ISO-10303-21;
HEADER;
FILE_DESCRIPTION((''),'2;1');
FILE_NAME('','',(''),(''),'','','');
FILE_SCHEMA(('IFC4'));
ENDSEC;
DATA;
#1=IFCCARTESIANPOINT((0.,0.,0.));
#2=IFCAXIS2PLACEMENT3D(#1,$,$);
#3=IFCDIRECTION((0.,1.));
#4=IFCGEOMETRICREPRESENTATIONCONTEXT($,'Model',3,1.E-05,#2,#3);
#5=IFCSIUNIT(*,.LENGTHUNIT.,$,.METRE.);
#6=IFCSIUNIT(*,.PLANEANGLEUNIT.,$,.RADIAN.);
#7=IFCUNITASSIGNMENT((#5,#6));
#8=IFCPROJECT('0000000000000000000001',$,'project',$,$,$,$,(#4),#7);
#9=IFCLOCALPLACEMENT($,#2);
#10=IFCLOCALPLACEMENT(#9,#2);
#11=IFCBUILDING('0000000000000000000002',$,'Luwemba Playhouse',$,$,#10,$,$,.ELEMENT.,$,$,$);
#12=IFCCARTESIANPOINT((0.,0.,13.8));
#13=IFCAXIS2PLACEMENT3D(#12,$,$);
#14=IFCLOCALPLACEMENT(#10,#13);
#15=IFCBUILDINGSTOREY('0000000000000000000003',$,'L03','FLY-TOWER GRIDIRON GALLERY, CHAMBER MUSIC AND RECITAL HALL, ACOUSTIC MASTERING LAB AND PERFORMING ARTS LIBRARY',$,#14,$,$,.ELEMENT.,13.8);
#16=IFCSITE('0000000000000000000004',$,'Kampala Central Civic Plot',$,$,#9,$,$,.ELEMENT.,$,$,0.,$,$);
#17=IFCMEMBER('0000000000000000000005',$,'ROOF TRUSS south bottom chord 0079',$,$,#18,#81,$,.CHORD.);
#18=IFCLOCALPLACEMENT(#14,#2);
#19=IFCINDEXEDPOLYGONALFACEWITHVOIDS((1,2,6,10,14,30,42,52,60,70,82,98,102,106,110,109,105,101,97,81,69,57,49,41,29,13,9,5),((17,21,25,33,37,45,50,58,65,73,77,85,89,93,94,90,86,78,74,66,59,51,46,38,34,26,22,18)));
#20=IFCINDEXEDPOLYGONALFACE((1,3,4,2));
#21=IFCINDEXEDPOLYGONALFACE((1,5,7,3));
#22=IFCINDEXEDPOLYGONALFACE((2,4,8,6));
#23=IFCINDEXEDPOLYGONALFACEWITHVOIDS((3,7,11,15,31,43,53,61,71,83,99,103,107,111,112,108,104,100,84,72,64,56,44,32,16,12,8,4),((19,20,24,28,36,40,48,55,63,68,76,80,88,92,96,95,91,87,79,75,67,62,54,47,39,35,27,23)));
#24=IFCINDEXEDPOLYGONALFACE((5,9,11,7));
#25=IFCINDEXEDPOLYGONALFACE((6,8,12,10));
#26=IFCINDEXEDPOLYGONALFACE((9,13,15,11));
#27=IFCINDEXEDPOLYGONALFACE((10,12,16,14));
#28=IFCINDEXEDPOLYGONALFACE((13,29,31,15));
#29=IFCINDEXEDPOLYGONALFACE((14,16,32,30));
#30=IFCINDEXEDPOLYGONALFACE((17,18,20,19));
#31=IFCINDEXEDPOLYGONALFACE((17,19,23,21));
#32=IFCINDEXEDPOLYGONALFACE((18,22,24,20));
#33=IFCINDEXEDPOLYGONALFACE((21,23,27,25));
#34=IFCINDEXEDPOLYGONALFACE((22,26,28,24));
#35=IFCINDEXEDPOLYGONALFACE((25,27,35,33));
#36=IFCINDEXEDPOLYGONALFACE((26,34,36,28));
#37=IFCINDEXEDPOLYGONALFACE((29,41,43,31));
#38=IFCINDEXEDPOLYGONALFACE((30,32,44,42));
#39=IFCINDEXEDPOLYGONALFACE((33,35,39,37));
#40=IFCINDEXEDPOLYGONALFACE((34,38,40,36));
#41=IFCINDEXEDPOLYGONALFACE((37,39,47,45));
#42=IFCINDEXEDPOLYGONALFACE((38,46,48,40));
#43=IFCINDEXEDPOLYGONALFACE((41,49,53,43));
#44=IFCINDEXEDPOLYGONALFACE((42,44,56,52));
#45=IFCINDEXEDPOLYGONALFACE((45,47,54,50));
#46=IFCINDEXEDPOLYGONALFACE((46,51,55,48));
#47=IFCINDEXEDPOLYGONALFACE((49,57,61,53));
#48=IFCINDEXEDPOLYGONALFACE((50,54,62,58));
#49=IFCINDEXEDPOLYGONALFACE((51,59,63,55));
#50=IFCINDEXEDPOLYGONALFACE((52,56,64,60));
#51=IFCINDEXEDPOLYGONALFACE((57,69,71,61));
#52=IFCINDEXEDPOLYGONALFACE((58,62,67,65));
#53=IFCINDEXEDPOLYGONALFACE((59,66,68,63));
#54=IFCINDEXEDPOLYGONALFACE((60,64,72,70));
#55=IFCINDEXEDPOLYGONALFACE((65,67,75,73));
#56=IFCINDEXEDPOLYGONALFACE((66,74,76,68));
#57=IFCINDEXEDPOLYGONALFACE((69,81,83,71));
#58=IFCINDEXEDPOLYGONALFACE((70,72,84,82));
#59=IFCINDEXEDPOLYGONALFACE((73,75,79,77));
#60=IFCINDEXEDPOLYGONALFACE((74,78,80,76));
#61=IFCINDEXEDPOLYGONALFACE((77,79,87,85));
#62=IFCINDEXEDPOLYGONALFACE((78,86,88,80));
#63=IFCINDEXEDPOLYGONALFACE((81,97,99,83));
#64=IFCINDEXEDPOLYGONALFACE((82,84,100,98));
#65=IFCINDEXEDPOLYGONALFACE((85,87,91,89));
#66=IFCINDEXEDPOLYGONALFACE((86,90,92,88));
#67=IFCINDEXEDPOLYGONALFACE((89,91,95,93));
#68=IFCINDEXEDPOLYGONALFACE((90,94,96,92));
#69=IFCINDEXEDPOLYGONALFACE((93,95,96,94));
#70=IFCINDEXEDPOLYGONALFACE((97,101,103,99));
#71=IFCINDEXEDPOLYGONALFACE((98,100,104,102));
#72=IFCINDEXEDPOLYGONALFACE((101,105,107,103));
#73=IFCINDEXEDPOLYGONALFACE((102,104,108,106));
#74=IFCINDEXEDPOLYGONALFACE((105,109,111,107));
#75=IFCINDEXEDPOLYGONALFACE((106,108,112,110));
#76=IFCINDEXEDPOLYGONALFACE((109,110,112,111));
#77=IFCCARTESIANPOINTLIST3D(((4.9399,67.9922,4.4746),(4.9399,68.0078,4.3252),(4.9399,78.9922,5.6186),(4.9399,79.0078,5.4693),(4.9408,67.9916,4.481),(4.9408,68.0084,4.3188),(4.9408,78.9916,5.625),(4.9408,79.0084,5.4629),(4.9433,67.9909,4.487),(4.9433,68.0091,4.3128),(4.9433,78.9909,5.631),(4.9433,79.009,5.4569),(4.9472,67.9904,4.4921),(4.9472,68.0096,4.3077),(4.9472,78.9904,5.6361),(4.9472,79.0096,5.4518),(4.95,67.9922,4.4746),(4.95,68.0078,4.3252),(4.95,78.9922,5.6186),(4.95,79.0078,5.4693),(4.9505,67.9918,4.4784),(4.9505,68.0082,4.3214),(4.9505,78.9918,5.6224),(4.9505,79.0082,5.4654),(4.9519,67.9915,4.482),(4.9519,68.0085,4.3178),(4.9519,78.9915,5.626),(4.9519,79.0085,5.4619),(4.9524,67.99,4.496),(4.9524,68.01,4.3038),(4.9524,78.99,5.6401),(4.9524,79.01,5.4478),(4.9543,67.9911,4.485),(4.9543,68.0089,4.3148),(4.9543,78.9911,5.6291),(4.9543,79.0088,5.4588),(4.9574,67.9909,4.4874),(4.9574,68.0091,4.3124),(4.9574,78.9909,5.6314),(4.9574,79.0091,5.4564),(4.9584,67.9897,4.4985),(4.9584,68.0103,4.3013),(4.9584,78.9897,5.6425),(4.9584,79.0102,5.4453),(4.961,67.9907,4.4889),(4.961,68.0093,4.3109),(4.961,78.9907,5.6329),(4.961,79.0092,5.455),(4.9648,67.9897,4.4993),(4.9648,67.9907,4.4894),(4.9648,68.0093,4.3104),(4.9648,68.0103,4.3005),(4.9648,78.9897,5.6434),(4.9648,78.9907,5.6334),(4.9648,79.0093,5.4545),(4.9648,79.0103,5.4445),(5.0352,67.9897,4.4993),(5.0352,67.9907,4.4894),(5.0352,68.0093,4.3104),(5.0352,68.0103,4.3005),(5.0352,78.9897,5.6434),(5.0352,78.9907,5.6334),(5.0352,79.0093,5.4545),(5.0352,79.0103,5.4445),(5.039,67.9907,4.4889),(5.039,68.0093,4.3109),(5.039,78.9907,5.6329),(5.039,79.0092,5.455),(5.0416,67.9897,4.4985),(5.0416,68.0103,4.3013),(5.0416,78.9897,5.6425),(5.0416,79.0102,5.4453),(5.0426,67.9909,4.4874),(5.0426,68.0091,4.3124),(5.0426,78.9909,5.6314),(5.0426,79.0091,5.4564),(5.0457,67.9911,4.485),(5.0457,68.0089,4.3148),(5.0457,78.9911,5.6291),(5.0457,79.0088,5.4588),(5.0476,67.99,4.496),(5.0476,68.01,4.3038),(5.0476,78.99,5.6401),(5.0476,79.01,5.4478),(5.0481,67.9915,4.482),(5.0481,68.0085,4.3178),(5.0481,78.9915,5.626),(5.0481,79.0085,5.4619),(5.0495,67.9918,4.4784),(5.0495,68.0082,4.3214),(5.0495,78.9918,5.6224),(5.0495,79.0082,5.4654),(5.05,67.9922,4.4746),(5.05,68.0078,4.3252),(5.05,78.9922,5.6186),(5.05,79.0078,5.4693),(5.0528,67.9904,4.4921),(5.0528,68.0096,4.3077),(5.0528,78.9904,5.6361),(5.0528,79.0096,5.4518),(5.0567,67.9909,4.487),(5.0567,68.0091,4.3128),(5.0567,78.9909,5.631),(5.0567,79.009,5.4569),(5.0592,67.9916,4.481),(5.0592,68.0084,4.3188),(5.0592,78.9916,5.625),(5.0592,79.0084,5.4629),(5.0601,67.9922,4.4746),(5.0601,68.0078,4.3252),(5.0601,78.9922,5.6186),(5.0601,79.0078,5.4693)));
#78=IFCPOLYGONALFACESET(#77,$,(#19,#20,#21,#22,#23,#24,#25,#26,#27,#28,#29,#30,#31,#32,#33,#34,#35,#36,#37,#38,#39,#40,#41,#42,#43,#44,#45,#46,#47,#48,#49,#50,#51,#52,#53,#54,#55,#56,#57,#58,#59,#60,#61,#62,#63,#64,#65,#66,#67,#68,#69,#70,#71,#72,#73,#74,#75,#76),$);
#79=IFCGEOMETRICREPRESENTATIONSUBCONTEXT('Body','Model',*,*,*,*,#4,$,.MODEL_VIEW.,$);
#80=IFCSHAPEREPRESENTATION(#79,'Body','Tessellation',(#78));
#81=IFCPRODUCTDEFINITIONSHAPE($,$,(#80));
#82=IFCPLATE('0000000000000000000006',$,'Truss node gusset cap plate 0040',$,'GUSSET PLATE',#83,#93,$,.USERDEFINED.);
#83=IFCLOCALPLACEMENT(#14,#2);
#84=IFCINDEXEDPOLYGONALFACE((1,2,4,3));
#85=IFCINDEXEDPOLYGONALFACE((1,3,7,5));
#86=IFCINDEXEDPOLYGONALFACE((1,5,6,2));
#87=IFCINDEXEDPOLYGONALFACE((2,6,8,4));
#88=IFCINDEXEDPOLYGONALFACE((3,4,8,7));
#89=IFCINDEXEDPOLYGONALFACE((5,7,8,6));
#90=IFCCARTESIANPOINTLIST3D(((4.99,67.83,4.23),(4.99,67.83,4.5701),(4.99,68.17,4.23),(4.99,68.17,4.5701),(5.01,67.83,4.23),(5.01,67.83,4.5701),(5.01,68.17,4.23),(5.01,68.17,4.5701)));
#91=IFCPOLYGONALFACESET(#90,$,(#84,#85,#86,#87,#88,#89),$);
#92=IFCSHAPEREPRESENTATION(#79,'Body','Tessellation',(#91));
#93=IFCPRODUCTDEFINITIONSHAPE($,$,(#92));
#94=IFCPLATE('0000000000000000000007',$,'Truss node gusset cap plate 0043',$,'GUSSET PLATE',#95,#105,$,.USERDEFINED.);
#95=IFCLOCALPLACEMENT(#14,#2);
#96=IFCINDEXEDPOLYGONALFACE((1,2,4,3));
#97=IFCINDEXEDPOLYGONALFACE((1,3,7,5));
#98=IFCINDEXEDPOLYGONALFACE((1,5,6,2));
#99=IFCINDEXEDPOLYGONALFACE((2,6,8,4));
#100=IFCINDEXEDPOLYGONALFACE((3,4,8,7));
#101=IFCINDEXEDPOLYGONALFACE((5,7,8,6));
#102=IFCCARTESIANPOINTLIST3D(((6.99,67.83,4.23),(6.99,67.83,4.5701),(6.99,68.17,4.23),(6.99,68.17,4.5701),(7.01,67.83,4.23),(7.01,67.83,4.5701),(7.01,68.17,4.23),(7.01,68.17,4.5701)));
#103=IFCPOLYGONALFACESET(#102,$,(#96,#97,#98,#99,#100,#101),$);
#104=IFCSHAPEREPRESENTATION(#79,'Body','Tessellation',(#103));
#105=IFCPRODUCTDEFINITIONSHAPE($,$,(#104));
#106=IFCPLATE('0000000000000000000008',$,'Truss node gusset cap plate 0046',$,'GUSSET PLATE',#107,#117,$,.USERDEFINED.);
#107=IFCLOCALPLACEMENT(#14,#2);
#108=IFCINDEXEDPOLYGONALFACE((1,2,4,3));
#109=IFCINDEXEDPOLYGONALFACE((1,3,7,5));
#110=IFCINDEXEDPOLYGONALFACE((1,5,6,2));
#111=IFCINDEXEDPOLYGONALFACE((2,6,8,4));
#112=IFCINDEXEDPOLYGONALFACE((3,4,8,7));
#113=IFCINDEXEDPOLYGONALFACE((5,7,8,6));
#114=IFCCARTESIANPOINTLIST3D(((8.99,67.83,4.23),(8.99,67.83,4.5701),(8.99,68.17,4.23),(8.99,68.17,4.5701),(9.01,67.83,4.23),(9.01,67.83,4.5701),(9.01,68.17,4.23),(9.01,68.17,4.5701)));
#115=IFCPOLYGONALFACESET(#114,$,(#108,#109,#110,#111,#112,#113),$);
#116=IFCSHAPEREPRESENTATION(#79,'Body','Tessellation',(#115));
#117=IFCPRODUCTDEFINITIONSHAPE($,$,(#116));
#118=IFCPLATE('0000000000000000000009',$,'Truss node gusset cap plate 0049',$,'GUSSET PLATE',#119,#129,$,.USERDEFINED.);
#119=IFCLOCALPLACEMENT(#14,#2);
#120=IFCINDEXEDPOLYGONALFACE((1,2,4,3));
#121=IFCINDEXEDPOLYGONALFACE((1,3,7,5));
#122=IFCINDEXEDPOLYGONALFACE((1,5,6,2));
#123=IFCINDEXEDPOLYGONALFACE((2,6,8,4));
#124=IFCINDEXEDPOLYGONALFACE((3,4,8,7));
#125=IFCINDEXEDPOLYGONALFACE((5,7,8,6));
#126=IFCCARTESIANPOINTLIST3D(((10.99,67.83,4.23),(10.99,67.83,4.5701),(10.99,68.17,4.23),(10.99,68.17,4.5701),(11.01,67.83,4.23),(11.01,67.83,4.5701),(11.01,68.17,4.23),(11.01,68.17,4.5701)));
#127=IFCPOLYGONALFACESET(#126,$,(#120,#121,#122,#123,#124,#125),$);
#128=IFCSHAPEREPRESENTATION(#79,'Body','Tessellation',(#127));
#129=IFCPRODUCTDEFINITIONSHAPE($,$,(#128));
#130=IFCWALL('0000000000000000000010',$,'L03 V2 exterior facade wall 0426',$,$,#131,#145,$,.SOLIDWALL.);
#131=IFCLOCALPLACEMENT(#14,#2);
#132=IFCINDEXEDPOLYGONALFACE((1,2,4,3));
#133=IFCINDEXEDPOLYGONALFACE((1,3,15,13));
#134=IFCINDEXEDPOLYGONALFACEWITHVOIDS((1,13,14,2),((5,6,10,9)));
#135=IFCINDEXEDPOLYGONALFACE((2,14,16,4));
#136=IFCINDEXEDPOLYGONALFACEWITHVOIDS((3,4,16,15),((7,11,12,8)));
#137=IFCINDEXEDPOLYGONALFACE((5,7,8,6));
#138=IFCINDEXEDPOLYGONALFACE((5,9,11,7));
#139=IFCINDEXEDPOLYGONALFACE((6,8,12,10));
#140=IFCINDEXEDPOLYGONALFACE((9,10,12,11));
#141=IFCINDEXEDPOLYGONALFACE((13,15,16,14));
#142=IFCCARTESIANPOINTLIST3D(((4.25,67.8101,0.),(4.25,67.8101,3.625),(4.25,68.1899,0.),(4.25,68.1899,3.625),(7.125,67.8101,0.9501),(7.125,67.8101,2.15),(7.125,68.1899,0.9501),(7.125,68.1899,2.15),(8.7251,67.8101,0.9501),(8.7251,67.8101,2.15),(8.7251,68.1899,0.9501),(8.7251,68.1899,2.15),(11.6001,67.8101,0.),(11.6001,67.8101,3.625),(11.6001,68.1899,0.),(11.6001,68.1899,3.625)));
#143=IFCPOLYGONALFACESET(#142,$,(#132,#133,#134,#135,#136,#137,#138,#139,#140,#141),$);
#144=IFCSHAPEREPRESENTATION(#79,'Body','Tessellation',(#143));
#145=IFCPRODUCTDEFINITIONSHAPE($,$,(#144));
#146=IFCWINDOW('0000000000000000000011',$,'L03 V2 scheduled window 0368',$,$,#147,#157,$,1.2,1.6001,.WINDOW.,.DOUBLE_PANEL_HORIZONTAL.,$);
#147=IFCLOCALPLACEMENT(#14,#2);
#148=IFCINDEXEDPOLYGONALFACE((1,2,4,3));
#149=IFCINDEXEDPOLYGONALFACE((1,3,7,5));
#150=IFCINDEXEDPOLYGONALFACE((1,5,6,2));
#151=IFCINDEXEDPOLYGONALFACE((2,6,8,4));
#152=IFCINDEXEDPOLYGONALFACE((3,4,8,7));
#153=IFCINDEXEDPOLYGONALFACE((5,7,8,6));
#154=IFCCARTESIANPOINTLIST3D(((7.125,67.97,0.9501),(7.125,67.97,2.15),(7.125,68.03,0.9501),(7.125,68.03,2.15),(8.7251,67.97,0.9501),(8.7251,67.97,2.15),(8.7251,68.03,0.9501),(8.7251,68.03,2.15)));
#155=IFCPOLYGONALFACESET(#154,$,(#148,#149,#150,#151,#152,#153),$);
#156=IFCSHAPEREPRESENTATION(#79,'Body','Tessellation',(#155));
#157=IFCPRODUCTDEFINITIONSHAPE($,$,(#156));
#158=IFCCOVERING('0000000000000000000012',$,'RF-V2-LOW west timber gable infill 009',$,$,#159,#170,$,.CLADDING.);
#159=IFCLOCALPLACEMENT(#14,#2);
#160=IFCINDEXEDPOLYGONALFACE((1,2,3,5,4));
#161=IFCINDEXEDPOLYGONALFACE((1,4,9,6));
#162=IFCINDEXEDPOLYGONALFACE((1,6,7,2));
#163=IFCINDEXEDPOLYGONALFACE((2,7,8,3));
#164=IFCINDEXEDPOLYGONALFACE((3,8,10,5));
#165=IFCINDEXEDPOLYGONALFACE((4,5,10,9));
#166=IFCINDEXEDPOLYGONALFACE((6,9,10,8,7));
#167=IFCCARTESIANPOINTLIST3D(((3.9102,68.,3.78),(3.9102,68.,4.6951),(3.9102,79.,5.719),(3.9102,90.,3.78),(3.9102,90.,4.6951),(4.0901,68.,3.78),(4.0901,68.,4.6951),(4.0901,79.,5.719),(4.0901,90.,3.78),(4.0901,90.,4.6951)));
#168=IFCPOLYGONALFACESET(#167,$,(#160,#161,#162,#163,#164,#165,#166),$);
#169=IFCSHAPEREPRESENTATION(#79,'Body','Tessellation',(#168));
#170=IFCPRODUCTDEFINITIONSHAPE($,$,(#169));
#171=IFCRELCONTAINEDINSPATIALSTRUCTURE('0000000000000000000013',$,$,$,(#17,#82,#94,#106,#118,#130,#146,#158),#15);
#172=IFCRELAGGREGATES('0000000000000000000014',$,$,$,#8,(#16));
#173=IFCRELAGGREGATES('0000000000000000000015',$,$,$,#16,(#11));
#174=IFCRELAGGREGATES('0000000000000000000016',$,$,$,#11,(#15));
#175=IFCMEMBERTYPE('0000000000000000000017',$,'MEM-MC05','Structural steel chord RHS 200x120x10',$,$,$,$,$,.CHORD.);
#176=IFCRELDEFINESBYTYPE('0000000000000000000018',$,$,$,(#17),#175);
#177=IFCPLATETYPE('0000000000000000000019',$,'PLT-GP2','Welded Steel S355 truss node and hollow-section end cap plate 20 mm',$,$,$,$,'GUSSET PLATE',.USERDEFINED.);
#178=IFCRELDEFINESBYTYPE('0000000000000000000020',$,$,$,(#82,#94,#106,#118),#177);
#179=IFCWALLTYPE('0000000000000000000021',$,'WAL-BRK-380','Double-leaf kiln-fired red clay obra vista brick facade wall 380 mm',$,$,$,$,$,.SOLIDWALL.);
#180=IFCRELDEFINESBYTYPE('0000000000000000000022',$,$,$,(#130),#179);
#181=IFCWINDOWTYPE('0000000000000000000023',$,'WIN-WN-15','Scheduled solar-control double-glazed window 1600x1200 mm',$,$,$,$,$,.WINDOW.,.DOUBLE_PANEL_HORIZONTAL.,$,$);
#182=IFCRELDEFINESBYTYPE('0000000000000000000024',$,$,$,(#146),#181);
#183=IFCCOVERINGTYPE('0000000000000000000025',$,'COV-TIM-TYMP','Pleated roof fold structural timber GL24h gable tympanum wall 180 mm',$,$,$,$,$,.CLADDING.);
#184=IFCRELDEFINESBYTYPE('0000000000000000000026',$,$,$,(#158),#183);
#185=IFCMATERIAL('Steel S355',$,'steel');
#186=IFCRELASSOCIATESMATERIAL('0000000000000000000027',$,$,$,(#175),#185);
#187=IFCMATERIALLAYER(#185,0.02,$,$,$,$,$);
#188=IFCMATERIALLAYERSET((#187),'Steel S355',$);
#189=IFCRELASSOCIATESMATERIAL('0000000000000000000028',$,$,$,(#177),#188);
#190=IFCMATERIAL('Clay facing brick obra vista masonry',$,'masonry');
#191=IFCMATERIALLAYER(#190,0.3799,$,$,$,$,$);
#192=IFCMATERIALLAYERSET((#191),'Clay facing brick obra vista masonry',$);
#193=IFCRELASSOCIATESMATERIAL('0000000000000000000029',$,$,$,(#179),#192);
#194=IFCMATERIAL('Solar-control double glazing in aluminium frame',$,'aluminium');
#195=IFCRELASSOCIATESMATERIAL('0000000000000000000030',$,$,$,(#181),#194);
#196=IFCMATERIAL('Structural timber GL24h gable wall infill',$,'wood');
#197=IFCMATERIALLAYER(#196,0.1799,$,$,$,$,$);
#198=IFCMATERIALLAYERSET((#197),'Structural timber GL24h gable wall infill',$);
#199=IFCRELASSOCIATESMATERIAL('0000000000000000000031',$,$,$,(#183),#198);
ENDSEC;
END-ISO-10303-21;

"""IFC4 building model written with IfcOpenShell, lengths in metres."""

from ifc_helpers import new_model, si_unit, direction, frame, frame_2d, origin, origin_2d, place, context, subcontext, project, spatial, polyline, rectangle, hollow_rectangle, outline, extrude, material, layer, layer_set, material_profile, profile_set, type_object, element, fill, save


model = new_model("IFC4")

# Units and contexts
model_context = context("Model", 3, precision=1e-05, world=origin(), true_north=direction((0.0, 1.0)))
body_context = subcontext(model_context, "Body", "Model", "MODEL_VIEW")
ifc_project = project(units=[si_unit("LENGTHUNIT", "METRE"), si_unit("PLANEANGLEUNIT", "RADIAN")], contexts=[model_context])

# Site, building, storey
site_placement = place(None, origin())
site = spatial("IfcSite", under=ifc_project, at=site_placement, Name="Kampala Central Civic Plot", CompositionType="ELEMENT", RefElevation=0.0)
building_placement = place(site_placement, origin())
building = spatial("IfcBuilding", under=site, at=building_placement, Name="Luwemba Playhouse", CompositionType="ELEMENT")
storey_placement = place(building_placement, frame((0.0, 0.0, 13.8)))
storey = spatial("IfcBuildingStorey", under=building, at=storey_placement, Name="L03", Description="FLY-TOWER GRIDIRON GALLERY, CHAMBER MUSIC AND RECITAL HALL, ACOUSTIC MASTERING LAB AND PERFORMING ARTS LIBRARY", CompositionType="ELEMENT", Elevation=13.8)

# Shared definitions
ifc_material_1 = material(Name="Steel S355", Category="steel")

# Member
ifc_material_profile_1 = material_profile(ifc_material_1, hollow_rectangle(XDim=0.1201, YDim=0.2, WallThickness=0.01, InnerFilletRadius=0.0149, OuterFilletRadius=0.0249, at=origin_2d()))
ifc_profile_set_1 = profile_set([ifc_material_profile_1], Name="Steel S355")
member_type_1 = type_object("IfcMemberType", Name="MEM-MC05", Description="Structural steel chord RHS 200x120x10", PredefinedType="CHORD", material=ifc_profile_set_1)
member_1_placement = place(storey_placement, frame((5.0, 68.0, 4.3999), z_axis=(0.0, 0.994635, 0.103446), x_axis=(-1.0, 0.0, 0.0)))
element("IfcMember", 1, at=member_1_placement, inside=storey, type_object=member_type_1, Name="ROOF TRUSS south bottom chord 0079", PredefinedType="CHORD", context=body_context, shape_type="SweptSolid", body=[
    extrude(hollow_rectangle(XDim=0.1201, YDim=0.2, WallThickness=0.01, InnerFilletRadius=0.0149, OuterFilletRadius=0.0249, at=origin_2d()), origin(), (0.0, 0.0, 1.0), 11.0593),
])

# Plates
ifc_layer_1 = layer(ifc_material_1, 0.02)
ifc_layer_set_1 = layer_set([ifc_layer_1], Name="Steel S355")
plate_type = type_object("IfcPlateType", Name="PLT-GP2", Description="Welded Steel S355 truss node and hollow-section end cap plate 20 mm", ElementType="GUSSET PLATE", PredefinedType="USERDEFINED", material=ifc_layer_set_1)
for number, where, z_axis, x_axis, name in (
    (2, (5.0, 68.0, 4.23), (0.0, 0.0, 1.0), (1.0, 0.0, 0.0), "Truss node gusset cap plate 0040"),
    (3, (7.0, 68.0, 4.23), (0.0, 0.0, 1.0), (1.0, 0.0, 0.0), "Truss node gusset cap plate 0043"),
    (4, (9.0, 68.0, 4.23), (0.0, 0.0, 1.0), (1.0, 0.0, 0.0), "Truss node gusset cap plate 0046"),
    (5, (11.0, 68.0, 4.23), (0.0, 0.0, 1.0), (1.0, 0.0, 0.0), "Truss node gusset cap plate 0049"),
):
    element("IfcPlate", number, at=place(storey_placement, frame(where, z_axis=z_axis, x_axis=x_axis)), inside=storey, type_object=plate_type, Name=name, ObjectType="GUSSET PLATE", PredefinedType="USERDEFINED", context=body_context, shape_type="SweptSolid", body=[
        extrude(rectangle(XDim=0.02, YDim=0.3401, at=origin_2d()), origin(), (0.0, 0.0, 1.0), 0.3401),
    ])

# Wall, opening, window
ifc_material_2 = material(Name="Clay facing brick obra vista masonry", Category="masonry")
ifc_layer_2 = layer(ifc_material_2, 0.3799)
ifc_layer_set_2 = layer_set([ifc_layer_2], Name="Clay facing brick obra vista masonry")
wall_type = type_object("IfcWallType", Name="WAL-BRK-380", Description="Double-leaf kiln-fired red clay obra vista brick facade wall 380 mm", PredefinedType="SOLIDWALL", material=ifc_layer_set_2)
wall_placement = place(storey_placement, frame((11.6001, 68.0, 0.0), z_axis=(0.0, 0.0, 1.0), x_axis=(-1.0, 0.0, 0.0)))
wall = element("IfcWall", 6, at=wall_placement, inside=storey, type_object=wall_type, Name="L03 V2 exterior facade wall 0426", PredefinedType="SOLIDWALL", context=body_context, shape_type="SweptSolid", body=[
    extrude(rectangle(XDim=7.3501, YDim=0.3799, at=frame_2d((3.675, 0.0))), origin(), (0.0, 0.0, 1.0), 3.625),
])
opening_placement = place(wall_placement, frame((2.875, 0.0, 0.95)))
opening = element("IfcOpeningElement", 7, at=opening_placement, cuts=wall, PredefinedType="OPENING", context=body_context, shape_type="SweptSolid", body=[
    extrude(rectangle(XDim=1.6001, YDim=1.2, at=frame_2d((0.8, 0.6001))), frame((0.0, 0.2, 0.0), z_axis=(0.0, -1.0, 0.0), x_axis=(1.0, 0.0, 0.0)), (0.0, 0.0, 1.0), 0.3999),
])
ifc_material_3 = material(Name="Solar-control double glazing in aluminium frame", Category="aluminium")
window_type = type_object("IfcWindowType", Name="WIN-WN-15", Description="Scheduled solar-control double-glazed window 1600x1200 mm", PartitioningType="DOUBLE_PANEL_HORIZONTAL", PredefinedType="WINDOW", material=ifc_material_3)
window_placement = place(opening_placement, origin())
window = element("IfcWindow", 8, at=window_placement, inside=storey, type_object=window_type, Name="L03 V2 scheduled window 0368", OverallHeight=1.2, OverallWidth=1.6001, PartitioningType="DOUBLE_PANEL_HORIZONTAL", PredefinedType="WINDOW", context=body_context, shape_type="SweptSolid", body=[
    extrude(rectangle(XDim=1.6001, YDim=1.2, at=frame_2d((0.8, 0.6001))), frame((0.0, 0.03, 0.0), z_axis=(0.0, -1.0, 0.0), x_axis=(1.0, 0.0, 0.0)), (0.0, 0.0, 1.0), 0.0601),
])
fill(opening, window)

# Covering
ifc_material_4 = material(Name="Structural timber GL24h gable wall infill", Category="wood")
ifc_layer_3 = layer(ifc_material_4, 0.1799)
ifc_layer_set_3 = layer_set([ifc_layer_3], Name="Structural timber GL24h gable wall infill")
covering_type = type_object("IfcCoveringType", Name="COV-TIM-TYMP", Description="Pleated roof fold structural timber GL24h gable tympanum wall 180 mm", PredefinedType="CLADDING", material=ifc_layer_set_3)
covering_placement = place(storey_placement, frame((4.0, 68.0, 3.78), z_axis=(0.0, 0.0, 1.0), x_axis=(0.0, 1.0, 0.0)))
element("IfcCovering", 9, at=covering_placement, inside=storey, type_object=covering_type, Name="RF-V2-LOW west timber gable infill 009", PredefinedType="CLADDING", context=body_context, shape_type="SweptSolid", body=[
    extrude(outline(polyline([(0.0, 0.0), (22.0, 0.0), (22.0, 0.915), (11.0, 1.939), (0.0, 0.915), (0.0, 0.0)])), frame((0.0, 0.0898, 0.0), z_axis=(0.0, -1.0, 0.0), x_axis=(1.0, 0.0, 0.0)), (0.0, 0.0, 1.0), 0.1799),
])

save(model, "model.ifc")
